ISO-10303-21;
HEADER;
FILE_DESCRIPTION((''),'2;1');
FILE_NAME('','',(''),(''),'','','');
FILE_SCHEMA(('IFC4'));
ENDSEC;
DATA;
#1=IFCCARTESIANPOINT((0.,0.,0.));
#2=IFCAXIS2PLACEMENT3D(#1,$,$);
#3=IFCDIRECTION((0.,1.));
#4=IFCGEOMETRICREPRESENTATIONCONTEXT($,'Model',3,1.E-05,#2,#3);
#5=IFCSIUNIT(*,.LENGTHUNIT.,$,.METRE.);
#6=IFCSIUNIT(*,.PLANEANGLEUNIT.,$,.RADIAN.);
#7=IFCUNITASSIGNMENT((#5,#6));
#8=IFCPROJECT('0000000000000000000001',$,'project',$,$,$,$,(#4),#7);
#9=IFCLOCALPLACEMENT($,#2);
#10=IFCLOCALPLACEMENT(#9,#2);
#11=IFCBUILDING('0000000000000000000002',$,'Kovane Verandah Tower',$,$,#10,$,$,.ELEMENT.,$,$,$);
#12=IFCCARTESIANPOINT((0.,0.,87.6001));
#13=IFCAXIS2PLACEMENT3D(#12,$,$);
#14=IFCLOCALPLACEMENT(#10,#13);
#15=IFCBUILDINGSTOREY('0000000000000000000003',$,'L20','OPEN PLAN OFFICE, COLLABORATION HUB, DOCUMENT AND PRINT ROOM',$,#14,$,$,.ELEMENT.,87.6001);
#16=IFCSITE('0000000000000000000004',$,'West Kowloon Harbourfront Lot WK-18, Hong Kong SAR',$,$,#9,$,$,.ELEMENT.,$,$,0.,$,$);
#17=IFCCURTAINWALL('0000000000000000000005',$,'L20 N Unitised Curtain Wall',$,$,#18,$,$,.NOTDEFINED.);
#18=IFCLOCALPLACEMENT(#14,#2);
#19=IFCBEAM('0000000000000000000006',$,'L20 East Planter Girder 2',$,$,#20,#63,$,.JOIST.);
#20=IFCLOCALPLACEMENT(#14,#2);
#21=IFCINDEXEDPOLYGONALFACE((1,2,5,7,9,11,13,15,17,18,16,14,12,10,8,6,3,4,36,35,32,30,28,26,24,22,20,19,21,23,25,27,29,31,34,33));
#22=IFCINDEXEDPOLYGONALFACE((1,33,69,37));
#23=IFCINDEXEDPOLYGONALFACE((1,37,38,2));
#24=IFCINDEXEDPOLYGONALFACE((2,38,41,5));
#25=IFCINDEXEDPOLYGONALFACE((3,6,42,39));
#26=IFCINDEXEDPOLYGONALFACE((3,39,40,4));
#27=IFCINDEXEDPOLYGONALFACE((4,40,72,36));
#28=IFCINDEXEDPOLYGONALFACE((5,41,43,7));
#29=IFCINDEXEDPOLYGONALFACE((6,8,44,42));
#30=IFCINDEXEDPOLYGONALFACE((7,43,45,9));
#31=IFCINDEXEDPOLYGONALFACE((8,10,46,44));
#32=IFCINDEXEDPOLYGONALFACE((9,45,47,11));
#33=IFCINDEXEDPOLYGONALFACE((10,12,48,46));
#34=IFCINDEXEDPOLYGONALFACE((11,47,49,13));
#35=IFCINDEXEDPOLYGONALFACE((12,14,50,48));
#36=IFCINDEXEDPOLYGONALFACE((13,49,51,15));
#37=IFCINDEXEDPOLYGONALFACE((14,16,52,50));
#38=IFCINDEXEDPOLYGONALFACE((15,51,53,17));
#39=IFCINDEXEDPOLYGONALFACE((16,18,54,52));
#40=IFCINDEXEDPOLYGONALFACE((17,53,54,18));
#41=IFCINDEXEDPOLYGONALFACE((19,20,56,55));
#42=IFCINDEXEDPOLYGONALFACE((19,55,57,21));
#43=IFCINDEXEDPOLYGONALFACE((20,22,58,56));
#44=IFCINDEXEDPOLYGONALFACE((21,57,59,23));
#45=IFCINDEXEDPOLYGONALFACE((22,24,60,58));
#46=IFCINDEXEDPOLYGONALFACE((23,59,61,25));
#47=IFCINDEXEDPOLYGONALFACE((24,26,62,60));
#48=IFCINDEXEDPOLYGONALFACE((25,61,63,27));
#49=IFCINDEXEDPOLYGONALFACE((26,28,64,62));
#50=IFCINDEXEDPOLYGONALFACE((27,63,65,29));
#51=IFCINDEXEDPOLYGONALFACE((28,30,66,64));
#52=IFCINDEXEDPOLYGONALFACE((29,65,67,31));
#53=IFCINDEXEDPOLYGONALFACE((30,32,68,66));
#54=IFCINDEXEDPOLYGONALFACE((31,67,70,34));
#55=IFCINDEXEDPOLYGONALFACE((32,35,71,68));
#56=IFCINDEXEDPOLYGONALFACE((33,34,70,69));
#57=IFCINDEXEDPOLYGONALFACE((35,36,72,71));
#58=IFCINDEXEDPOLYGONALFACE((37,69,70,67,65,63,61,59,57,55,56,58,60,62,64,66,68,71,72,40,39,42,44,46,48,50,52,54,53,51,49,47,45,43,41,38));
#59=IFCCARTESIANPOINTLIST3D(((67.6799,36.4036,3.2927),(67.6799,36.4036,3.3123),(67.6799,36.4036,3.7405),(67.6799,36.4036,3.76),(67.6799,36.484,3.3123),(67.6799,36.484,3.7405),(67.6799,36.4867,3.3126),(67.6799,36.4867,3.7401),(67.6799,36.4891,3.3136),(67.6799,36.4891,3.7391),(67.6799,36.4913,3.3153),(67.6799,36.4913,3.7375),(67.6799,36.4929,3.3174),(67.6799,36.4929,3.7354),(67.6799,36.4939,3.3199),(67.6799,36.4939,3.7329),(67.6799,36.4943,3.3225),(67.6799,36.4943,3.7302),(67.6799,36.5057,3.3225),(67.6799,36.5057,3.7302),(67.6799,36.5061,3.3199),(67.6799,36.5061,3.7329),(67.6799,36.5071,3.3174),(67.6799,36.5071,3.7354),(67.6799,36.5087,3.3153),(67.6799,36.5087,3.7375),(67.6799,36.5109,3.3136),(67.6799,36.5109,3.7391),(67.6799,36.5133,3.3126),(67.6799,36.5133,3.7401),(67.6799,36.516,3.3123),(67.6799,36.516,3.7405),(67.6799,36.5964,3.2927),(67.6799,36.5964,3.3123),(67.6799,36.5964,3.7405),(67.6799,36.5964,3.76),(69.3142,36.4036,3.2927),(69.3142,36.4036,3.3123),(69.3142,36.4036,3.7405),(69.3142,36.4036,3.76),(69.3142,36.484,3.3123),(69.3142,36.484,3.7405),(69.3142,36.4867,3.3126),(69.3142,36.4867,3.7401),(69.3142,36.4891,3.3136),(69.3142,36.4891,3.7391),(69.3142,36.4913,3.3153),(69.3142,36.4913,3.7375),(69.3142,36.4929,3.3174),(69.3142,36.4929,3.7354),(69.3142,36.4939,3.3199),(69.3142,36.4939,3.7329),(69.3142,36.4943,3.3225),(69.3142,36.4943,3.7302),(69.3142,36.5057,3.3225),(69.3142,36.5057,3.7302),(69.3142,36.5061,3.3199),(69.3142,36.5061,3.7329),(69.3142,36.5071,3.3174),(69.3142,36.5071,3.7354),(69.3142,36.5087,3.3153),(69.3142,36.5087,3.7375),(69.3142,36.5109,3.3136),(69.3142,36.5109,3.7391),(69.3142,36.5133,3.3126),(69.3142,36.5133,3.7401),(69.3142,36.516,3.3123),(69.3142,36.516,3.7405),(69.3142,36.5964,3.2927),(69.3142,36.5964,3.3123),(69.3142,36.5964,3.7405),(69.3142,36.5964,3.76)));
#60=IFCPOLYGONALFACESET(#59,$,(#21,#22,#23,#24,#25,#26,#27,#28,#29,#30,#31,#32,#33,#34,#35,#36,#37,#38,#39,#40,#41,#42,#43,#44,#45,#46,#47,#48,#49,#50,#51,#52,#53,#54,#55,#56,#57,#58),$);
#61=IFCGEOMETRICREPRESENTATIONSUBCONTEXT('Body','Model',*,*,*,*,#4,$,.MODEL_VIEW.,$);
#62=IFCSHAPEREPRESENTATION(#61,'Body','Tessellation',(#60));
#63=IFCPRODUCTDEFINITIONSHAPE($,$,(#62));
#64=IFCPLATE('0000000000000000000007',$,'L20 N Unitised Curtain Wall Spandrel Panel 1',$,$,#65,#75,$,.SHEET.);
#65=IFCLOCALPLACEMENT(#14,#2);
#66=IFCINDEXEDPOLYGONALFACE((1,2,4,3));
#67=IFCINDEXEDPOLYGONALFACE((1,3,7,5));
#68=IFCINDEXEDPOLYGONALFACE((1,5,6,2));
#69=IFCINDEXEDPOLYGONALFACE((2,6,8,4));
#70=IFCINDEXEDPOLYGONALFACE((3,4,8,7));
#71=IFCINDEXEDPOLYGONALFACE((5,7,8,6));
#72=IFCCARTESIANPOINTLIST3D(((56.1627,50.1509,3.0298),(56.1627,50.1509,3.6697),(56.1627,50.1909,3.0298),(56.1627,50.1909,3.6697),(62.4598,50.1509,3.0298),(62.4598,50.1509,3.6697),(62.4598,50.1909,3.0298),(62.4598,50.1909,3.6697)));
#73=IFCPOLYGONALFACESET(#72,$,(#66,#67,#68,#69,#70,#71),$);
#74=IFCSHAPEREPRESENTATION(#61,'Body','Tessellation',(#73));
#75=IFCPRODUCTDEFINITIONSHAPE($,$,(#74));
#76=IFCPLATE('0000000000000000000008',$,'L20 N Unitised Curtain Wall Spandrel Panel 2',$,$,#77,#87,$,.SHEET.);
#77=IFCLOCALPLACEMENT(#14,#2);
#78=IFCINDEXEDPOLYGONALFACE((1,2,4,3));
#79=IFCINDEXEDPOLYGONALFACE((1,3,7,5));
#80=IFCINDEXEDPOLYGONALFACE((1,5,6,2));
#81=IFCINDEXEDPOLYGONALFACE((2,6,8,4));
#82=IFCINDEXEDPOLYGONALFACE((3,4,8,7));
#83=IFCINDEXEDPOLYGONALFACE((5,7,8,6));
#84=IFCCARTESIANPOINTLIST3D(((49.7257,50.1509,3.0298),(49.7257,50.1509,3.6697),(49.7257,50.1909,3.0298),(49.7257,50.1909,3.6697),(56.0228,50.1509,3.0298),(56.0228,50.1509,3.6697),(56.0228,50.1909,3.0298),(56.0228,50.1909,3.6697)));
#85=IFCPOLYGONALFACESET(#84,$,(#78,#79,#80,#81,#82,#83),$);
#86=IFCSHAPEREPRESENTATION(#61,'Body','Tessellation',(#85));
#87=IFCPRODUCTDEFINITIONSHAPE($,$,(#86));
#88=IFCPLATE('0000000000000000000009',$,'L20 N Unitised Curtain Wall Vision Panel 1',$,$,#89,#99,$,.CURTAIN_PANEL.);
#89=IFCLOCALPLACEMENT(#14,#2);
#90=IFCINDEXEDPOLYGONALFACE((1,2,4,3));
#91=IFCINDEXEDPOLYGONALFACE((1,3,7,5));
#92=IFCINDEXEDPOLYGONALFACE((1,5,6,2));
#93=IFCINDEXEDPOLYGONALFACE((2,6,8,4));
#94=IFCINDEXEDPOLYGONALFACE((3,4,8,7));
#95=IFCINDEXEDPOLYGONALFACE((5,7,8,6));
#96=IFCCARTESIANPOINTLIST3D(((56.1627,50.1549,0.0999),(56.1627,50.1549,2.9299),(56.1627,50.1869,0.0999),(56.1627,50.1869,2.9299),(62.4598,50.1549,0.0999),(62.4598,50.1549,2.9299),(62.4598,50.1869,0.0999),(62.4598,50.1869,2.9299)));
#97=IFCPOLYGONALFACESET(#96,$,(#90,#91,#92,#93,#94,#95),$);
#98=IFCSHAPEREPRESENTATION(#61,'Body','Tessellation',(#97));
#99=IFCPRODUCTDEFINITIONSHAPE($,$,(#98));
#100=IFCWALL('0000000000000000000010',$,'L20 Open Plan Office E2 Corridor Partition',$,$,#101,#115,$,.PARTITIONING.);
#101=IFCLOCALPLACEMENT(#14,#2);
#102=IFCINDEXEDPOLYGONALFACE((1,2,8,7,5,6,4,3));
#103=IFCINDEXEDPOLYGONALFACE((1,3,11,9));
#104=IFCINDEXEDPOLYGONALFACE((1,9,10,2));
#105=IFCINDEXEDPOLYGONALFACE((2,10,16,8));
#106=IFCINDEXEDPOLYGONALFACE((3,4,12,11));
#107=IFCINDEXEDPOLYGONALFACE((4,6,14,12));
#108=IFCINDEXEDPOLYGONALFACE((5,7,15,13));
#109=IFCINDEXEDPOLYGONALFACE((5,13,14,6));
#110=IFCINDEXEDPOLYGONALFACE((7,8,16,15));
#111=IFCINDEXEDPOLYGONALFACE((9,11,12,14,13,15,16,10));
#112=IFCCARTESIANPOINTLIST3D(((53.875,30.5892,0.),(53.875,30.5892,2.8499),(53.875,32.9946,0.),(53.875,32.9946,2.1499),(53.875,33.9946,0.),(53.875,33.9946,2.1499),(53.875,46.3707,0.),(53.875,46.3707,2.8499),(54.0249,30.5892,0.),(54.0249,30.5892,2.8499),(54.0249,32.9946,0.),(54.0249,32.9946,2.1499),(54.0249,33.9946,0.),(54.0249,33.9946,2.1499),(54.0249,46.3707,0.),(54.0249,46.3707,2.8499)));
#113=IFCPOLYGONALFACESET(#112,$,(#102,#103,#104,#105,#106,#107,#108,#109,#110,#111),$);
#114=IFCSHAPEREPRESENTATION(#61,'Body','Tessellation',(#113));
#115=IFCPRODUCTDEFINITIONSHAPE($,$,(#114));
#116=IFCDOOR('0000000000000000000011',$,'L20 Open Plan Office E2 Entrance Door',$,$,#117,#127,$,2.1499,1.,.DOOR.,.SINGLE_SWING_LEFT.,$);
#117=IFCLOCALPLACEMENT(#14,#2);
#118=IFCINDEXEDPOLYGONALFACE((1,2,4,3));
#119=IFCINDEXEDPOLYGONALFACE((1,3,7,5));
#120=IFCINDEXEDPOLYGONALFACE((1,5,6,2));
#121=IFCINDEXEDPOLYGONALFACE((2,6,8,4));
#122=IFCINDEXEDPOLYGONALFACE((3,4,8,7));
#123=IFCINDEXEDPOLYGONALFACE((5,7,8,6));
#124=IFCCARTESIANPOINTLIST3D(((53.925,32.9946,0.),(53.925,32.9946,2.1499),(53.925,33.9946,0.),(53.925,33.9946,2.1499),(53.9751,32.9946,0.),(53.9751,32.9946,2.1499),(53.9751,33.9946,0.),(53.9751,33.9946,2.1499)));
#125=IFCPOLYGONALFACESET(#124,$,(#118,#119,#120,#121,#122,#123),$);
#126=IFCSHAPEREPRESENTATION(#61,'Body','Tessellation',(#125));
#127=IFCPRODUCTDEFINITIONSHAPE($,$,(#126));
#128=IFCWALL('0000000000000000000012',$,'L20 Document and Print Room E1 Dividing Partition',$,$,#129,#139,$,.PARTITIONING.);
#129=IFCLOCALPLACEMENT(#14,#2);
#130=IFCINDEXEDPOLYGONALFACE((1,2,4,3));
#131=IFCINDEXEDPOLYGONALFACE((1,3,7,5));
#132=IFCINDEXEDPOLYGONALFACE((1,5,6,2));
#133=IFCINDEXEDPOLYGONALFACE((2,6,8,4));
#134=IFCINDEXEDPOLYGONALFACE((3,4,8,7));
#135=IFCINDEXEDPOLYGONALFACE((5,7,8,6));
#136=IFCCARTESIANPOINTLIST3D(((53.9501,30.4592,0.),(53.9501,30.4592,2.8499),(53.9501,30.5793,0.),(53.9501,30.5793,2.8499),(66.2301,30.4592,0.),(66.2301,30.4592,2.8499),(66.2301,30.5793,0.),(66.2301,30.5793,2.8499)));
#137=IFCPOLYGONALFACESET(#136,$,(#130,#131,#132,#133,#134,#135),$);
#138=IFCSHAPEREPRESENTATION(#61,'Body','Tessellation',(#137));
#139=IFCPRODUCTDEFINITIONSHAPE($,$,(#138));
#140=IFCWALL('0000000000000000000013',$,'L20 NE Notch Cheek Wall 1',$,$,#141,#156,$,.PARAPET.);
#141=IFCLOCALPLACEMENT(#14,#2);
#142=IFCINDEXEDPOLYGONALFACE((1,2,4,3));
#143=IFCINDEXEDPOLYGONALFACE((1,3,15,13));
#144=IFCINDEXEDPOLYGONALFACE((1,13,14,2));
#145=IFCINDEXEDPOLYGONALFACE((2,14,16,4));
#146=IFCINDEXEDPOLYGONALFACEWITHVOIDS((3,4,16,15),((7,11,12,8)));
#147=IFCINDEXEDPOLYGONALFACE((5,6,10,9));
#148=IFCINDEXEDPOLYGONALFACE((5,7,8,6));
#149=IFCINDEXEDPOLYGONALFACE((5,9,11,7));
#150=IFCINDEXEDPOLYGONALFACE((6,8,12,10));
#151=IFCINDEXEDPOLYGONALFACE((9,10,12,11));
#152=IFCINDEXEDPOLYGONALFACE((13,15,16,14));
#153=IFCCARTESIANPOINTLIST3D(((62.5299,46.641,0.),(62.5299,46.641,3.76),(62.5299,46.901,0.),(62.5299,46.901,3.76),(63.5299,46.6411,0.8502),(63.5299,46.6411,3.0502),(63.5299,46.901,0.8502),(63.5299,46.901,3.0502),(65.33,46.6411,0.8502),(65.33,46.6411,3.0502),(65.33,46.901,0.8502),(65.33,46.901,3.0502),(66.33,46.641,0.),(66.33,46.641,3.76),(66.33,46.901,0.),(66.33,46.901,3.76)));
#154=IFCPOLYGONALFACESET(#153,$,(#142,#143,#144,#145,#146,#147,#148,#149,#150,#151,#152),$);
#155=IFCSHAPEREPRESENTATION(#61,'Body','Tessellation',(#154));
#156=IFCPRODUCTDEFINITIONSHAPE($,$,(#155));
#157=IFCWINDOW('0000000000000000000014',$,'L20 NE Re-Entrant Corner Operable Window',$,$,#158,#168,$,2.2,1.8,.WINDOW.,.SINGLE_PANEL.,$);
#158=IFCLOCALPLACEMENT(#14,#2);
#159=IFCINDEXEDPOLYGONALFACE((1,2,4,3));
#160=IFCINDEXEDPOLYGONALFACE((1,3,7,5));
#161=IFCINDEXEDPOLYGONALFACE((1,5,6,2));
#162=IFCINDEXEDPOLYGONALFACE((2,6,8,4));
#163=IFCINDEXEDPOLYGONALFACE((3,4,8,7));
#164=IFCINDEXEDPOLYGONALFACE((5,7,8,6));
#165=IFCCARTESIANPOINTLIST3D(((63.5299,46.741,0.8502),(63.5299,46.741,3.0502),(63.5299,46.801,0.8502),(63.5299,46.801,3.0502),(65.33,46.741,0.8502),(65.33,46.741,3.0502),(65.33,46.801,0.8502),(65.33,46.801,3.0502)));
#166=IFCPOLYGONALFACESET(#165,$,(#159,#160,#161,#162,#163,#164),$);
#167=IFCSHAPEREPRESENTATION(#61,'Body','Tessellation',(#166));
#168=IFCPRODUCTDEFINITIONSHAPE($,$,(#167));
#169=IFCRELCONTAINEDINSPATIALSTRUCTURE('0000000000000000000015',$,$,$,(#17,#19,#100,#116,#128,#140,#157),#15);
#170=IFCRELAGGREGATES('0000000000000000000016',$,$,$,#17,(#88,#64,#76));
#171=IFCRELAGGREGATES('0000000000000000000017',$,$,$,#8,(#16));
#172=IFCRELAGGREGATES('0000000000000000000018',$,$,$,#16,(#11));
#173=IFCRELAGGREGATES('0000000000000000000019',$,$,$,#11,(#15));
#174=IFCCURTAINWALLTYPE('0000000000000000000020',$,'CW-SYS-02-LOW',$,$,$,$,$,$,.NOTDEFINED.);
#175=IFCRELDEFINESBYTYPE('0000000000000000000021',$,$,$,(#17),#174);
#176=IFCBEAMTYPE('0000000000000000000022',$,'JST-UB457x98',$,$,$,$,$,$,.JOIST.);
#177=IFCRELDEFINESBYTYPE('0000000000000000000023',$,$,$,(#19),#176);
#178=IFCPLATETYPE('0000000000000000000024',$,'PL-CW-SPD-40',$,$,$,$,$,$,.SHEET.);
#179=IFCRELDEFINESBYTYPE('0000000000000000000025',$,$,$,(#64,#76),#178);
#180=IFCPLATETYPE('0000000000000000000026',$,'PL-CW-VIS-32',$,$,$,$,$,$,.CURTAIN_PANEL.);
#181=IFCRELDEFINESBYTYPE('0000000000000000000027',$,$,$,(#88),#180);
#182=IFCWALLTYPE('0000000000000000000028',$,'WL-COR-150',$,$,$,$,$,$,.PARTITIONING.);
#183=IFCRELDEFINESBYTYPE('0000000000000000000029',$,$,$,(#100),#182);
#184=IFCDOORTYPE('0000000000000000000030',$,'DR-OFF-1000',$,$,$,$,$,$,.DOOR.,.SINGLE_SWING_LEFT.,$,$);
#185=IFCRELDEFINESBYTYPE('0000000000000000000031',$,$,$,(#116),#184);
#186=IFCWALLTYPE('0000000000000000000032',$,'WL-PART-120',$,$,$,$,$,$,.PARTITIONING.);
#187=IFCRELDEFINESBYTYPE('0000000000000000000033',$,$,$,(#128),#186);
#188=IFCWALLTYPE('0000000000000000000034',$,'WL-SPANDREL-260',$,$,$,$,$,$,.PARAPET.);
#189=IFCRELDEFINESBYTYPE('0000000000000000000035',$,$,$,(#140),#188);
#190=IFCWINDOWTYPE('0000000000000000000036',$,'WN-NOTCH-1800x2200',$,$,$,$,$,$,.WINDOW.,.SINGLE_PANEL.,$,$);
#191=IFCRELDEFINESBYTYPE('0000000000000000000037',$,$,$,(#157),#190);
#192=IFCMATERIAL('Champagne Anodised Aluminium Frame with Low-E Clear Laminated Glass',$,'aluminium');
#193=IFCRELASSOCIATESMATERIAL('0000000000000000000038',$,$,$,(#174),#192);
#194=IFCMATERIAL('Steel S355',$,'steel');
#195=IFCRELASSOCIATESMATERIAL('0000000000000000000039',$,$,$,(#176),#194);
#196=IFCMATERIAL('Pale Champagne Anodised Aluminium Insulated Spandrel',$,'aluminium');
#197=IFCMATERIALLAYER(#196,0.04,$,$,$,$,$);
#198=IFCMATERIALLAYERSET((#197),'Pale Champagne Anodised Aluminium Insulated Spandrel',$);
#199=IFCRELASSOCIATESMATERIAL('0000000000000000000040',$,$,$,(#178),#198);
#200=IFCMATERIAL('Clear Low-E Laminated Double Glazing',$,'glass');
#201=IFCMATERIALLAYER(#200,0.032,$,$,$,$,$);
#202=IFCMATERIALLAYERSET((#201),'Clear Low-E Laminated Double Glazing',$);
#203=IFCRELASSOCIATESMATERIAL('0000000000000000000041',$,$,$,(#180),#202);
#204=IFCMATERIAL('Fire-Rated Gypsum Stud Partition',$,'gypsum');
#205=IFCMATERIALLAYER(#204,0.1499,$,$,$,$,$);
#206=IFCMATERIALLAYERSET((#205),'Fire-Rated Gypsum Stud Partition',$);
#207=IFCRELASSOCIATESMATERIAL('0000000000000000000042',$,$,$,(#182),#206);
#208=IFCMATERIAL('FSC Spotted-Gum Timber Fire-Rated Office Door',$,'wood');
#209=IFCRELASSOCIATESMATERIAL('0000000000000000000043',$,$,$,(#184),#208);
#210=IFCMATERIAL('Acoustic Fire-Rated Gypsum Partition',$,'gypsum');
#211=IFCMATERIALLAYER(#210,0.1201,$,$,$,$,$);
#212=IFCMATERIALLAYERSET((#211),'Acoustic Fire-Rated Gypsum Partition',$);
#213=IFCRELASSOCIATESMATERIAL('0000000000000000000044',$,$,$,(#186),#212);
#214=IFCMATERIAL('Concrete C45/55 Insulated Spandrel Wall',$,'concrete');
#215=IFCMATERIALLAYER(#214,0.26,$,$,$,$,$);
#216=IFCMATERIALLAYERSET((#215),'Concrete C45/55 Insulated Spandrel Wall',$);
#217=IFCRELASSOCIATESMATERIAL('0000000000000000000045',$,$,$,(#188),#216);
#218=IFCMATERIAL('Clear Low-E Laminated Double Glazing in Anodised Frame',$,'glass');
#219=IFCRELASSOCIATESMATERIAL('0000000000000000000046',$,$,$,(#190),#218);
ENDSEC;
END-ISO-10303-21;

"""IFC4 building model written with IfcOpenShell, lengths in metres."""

from ifc_helpers import new_model, si_unit, direction, frame, frame_2d, origin, origin_2d, place, context, subcontext, project, spatial, rectangle, i_section, extrude, material, layer, layer_set, material_profile, profile_set, type_object, element, fill, aggregate, save


model = new_model("IFC4")

# Units and contexts
model_context = context("Model", 3, precision=1e-05, world=origin(), true_north=direction((0.0, 1.0)))
body_context = subcontext(model_context, "Body", "Model", "MODEL_VIEW")
ifc_project = project(units=[si_unit("LENGTHUNIT", "METRE"), si_unit("PLANEANGLEUNIT", "RADIAN")], contexts=[model_context])

# Site, building, storey
site_placement = place(None, origin())
site = spatial("IfcSite", under=ifc_project, at=site_placement, Name="West Kowloon Harbourfront Lot WK-18, Hong Kong SAR", CompositionType="ELEMENT", RefElevation=0.0)
building_placement = place(site_placement, origin())
building = spatial("IfcBuilding", under=site, at=building_placement, Name="Kovane Verandah Tower", CompositionType="ELEMENT")
storey_placement = place(building_placement, frame((0.0, 0.0, 87.6001)))
storey = spatial("IfcBuildingStorey", under=building, at=storey_placement, Name="L20", Description="OPEN PLAN OFFICE, COLLABORATION HUB, DOCUMENT AND PRINT ROOM", CompositionType="ELEMENT", Elevation=87.6001)

# Shared definitions
ifc_material_1 = material(Name="Steel S355", Category="steel")

# Curtain wall
ifc_material_2 = material(Name="Champagne Anodised Aluminium Frame with Low-E Clear Laminated Glass", Category="aluminium")
curtain_wall_type = type_object("IfcCurtainWallType", Name="CW-SYS-02-LOW", PredefinedType="NOTDEFINED", material=ifc_material_2)
curtain_wall_placement = place(storey_placement, origin())
curtain_wall = element("IfcCurtainWall", 1, at=curtain_wall_placement, inside=storey, type_object=curtain_wall_type, Name="L20 N Unitised Curtain Wall", PredefinedType="NOTDEFINED")

# Beam
ifc_material_profile_1 = material_profile(ifc_material_1, i_section(OverallWidth=0.1929, OverallDepth=0.4673, WebThickness=0.0115, FlangeThickness=0.0195, FilletRadius=0.0103, at=origin_2d()), Name="UB457x191x98")
ifc_profile_set_1 = profile_set([ifc_material_profile_1], Name="Steel S355")
beam_type_1 = type_object("IfcBeamType", Name="JST-UB457x98", PredefinedType="JOIST", material=ifc_profile_set_1)
beam_1_placement = place(storey_placement, frame((67.6799, 36.5, 3.5264), z_axis=(1.0, 0.0, 0.0), x_axis=(0.0, 1.0, 0.0)))
element("IfcBeam", 2, at=beam_1_placement, inside=storey, type_object=beam_type_1, Name="L20 East Planter Girder 2", PredefinedType="JOIST", context=body_context, shape_type="SweptSolid", body=[
    extrude(i_section(OverallWidth=0.1929, OverallDepth=0.4673, WebThickness=0.0115, FlangeThickness=0.0195, FilletRadius=0.0103, at=origin_2d()), origin(), (0.0, 0.0, 1.0), 1.6343),
])

# Plates
ifc_material_3 = material(Name="Pale Champagne Anodised Aluminium Insulated Spandrel", Category="aluminium")
ifc_layer_1 = layer(ifc_material_3, 0.04)
ifc_layer_set_1 = layer_set([ifc_layer_1], Name="Pale Champagne Anodised Aluminium Insulated Spandrel")
plate_type_1 = type_object("IfcPlateType", Name="PL-CW-SPD-40", PredefinedType="SHEET", material=ifc_layer_set_1)
plate_1_placement = place(storey_placement, frame((59.3113, 50.1709, 3.0298), z_axis=(0.0, 0.0, 1.0), x_axis=(-1.0, 0.0, 0.0)))
plate_1 = element("IfcPlate", 3, at=plate_1_placement, type_object=plate_type_1, Name="L20 N Unitised Curtain Wall Spandrel Panel 1", PredefinedType="SHEET", context=body_context, shape_type="SweptSolid", body=[
    extrude(rectangle(XDim=6.2971, YDim=0.04, at=origin_2d()), origin(), (0.0, 0.0, 1.0), 0.6399),
])
plate_2_placement = place(storey_placement, frame((52.8743, 50.1709, 3.0298), z_axis=(0.0, 0.0, 1.0), x_axis=(-1.0, 0.0, 0.0)))
plate_2 = element("IfcPlate", 4, at=plate_2_placement, type_object=plate_type_1, Name="L20 N Unitised Curtain Wall Spandrel Panel 2", PredefinedType="SHEET", context=body_context, shape_type="SweptSolid", body=[
    extrude(rectangle(XDim=6.2971, YDim=0.04, at=origin_2d()), origin(), (0.0, 0.0, 1.0), 0.6399),
])
ifc_material_4 = material(Name="Clear Low-E Laminated Double Glazing", Category="glass")
ifc_layer_2 = layer(ifc_material_4, 0.032)
ifc_layer_set_2 = layer_set([ifc_layer_2], Name="Clear Low-E Laminated Double Glazing")
plate_type_2 = type_object("IfcPlateType", Name="PL-CW-VIS-32", PredefinedType="CURTAIN_PANEL", material=ifc_layer_set_2)
plate_3_placement = place(storey_placement, frame((59.3113, 50.1709, 0.0999), z_axis=(0.0, 0.0, 1.0), x_axis=(-1.0, 0.0, 0.0)))
plate_3 = element("IfcPlate", 5, at=plate_3_placement, type_object=plate_type_2, Name="L20 N Unitised Curtain Wall Vision Panel 1", PredefinedType="CURTAIN_PANEL", context=body_context, shape_type="SweptSolid", body=[
    extrude(rectangle(XDim=6.2971, YDim=0.032, at=origin_2d()), origin(), (0.0, 0.0, 1.0), 2.8301),
])
aggregate(curtain_wall, [plate_3, plate_1, plate_2])

# Wall, opening, door
ifc_material_5 = material(Name="Fire-Rated Gypsum Stud Partition", Category="gypsum")
ifc_layer_3 = layer(ifc_material_5, 0.1499)
ifc_layer_set_3 = layer_set([ifc_layer_3], Name="Fire-Rated Gypsum Stud Partition")
wall_type_1 = type_object("IfcWallType", Name="WL-COR-150", PredefinedType="PARTITIONING", material=ifc_layer_set_3)
wall_1_placement = place(storey_placement, frame((53.95, 30.5894, 0.0), z_axis=(0.0, 0.0, 1.0), x_axis=(0.0, 1.0, 0.0)))
wall_1 = element("IfcWall", 6, at=wall_1_placement, inside=storey, type_object=wall_type_1, Name="L20 Open Plan Office E2 Corridor Partition", PredefinedType="PARTITIONING", context=body_context, shape_type="SweptSolid", body=[
    extrude(rectangle(XDim=15.7815, YDim=0.1499, at=frame_2d((7.8906, 0.0))), origin(), (0.0, 0.0, 1.0), 2.8499),
])
opening_1_placement = place(wall_1_placement, frame((2.4053, 0.0, 0.0)))
opening_1 = element("IfcOpeningElement", 7, at=opening_1_placement, cuts=wall_1, PredefinedType="OPENING", context=body_context, shape_type="SweptSolid", body=[
    extrude(rectangle(XDim=1.0, YDim=2.1499, at=frame_2d((0.5, 1.075))), frame((0.0, 0.075, 0.0), z_axis=(0.0, -1.0, 0.0), x_axis=(1.0, 0.0, 0.0)), (0.0, 0.0, 1.0), 0.1499),
])
ifc_material_6 = material(Name="FSC Spotted-Gum Timber Fire-Rated Office Door", Category="wood")
door_type = type_object("IfcDoorType", Name="DR-OFF-1000", OperationType="SINGLE_SWING_LEFT", PredefinedType="DOOR", material=ifc_material_6)
door_placement = place(opening_1_placement, origin())
door = element("IfcDoor", 8, at=door_placement, inside=storey, type_object=door_type, Name="L20 Open Plan Office E2 Entrance Door", OperationType="SINGLE_SWING_LEFT", OverallHeight=2.1499, OverallWidth=1.0, PredefinedType="DOOR", context=body_context, shape_type="SweptSolid", body=[
    extrude(rectangle(XDim=1.0, YDim=2.1499, at=frame_2d((0.5, 1.075))), frame((0.0, 0.0249, 0.0), z_axis=(0.0, -1.0, 0.0), x_axis=(1.0, 0.0, 0.0)), (0.0, 0.0, 1.0), 0.05),
])
fill(opening_1, door)

# Wall
ifc_material_7 = material(Name="Acoustic Fire-Rated Gypsum Partition", Category="gypsum")
ifc_layer_4 = layer(ifc_material_7, 0.1201)
ifc_layer_set_4 = layer_set([ifc_layer_4], Name="Acoustic Fire-Rated Gypsum Partition")
wall_type_2 = type_object("IfcWallType", Name="WL-PART-120", PredefinedType="PARTITIONING", material=ifc_layer_set_4)
wall_2_placement = place(storey_placement, frame((53.95, 30.5193, 0.0), z_axis=(0.0, 0.0, 1.0), x_axis=(1.0, 0.0, 0.0)))
element("IfcWall", 9, at=wall_2_placement, inside=storey, type_object=wall_type_2, Name="L20 Document and Print Room E1 Dividing Partition", PredefinedType="PARTITIONING", context=body_context, shape_type="SweptSolid", body=[
    extrude(rectangle(XDim=12.28, YDim=0.1201, at=frame_2d((6.1401, 0.0))), origin(), (0.0, 0.0, 1.0), 2.8499),
])

# Wall, opening, window
ifc_material_8 = material(Name="Concrete C45/55 Insulated Spandrel Wall", Category="concrete")
ifc_layer_5 = layer(ifc_material_8, 0.26)
ifc_layer_set_5 = layer_set([ifc_layer_5], Name="Concrete C45/55 Insulated Spandrel Wall")
wall_type_3 = type_object("IfcWallType", Name="WL-SPANDREL-260", PredefinedType="PARAPET", material=ifc_layer_set_5)
wall_3_placement = place(storey_placement, frame((66.3298, 46.771, 0.0), z_axis=(0.0, 0.0, 1.0), x_axis=(-1.0, 0.0, 0.0)))
wall_3 = element("IfcWall", 10, at=wall_3_placement, inside=storey, type_object=wall_type_3, Name="L20 NE Notch Cheek Wall 1", PredefinedType="PARAPET", context=body_context, shape_type="SweptSolid", body=[
    extrude(rectangle(XDim=3.8, YDim=0.26, at=frame_2d((1.8999, 0.0))), origin(), (0.0, 0.0, 1.0), 3.76),
])
opening_2_placement = place(wall_3_placement, frame((1.0, 0.0, 0.8501)))
opening_2 = element("IfcOpeningElement", 11, at=opening_2_placement, cuts=wall_3, PredefinedType="OPENING", context=body_context, shape_type="SweptSolid", body=[
    extrude(rectangle(XDim=1.8, YDim=2.2, at=frame_2d((0.8999, 1.1001))), frame((0.0, 0.1299, 0.0), z_axis=(0.0, -1.0, 0.0), x_axis=(1.0, 0.0, 0.0)), (0.0, 0.0, 1.0), 0.26),
])
ifc_material_9 = material(Name="Clear Low-E Laminated Double Glazing in Anodised Frame", Category="glass")
window_type = type_object("IfcWindowType", Name="WN-NOTCH-1800x2200", PartitioningType="SINGLE_PANEL", PredefinedType="WINDOW", material=ifc_material_9)
window_placement = place(opening_2_placement, origin())
window = element("IfcWindow", 12, at=window_placement, inside=storey, type_object=window_type, Name="L20 NE Re-Entrant Corner Operable Window", OverallHeight=2.2, OverallWidth=1.8, PartitioningType="SINGLE_PANEL", PredefinedType="WINDOW", context=body_context, shape_type="SweptSolid", body=[
    extrude(rectangle(XDim=1.8, YDim=2.2, at=frame_2d((0.8999, 1.1001))), frame((0.0, 0.03, 0.0), z_axis=(0.0, -1.0, 0.0), x_axis=(1.0, 0.0, 0.0)), (0.0, 0.0, 1.0), 0.0601),
])
fill(opening_2, window)

save(model, "model.ifc")
